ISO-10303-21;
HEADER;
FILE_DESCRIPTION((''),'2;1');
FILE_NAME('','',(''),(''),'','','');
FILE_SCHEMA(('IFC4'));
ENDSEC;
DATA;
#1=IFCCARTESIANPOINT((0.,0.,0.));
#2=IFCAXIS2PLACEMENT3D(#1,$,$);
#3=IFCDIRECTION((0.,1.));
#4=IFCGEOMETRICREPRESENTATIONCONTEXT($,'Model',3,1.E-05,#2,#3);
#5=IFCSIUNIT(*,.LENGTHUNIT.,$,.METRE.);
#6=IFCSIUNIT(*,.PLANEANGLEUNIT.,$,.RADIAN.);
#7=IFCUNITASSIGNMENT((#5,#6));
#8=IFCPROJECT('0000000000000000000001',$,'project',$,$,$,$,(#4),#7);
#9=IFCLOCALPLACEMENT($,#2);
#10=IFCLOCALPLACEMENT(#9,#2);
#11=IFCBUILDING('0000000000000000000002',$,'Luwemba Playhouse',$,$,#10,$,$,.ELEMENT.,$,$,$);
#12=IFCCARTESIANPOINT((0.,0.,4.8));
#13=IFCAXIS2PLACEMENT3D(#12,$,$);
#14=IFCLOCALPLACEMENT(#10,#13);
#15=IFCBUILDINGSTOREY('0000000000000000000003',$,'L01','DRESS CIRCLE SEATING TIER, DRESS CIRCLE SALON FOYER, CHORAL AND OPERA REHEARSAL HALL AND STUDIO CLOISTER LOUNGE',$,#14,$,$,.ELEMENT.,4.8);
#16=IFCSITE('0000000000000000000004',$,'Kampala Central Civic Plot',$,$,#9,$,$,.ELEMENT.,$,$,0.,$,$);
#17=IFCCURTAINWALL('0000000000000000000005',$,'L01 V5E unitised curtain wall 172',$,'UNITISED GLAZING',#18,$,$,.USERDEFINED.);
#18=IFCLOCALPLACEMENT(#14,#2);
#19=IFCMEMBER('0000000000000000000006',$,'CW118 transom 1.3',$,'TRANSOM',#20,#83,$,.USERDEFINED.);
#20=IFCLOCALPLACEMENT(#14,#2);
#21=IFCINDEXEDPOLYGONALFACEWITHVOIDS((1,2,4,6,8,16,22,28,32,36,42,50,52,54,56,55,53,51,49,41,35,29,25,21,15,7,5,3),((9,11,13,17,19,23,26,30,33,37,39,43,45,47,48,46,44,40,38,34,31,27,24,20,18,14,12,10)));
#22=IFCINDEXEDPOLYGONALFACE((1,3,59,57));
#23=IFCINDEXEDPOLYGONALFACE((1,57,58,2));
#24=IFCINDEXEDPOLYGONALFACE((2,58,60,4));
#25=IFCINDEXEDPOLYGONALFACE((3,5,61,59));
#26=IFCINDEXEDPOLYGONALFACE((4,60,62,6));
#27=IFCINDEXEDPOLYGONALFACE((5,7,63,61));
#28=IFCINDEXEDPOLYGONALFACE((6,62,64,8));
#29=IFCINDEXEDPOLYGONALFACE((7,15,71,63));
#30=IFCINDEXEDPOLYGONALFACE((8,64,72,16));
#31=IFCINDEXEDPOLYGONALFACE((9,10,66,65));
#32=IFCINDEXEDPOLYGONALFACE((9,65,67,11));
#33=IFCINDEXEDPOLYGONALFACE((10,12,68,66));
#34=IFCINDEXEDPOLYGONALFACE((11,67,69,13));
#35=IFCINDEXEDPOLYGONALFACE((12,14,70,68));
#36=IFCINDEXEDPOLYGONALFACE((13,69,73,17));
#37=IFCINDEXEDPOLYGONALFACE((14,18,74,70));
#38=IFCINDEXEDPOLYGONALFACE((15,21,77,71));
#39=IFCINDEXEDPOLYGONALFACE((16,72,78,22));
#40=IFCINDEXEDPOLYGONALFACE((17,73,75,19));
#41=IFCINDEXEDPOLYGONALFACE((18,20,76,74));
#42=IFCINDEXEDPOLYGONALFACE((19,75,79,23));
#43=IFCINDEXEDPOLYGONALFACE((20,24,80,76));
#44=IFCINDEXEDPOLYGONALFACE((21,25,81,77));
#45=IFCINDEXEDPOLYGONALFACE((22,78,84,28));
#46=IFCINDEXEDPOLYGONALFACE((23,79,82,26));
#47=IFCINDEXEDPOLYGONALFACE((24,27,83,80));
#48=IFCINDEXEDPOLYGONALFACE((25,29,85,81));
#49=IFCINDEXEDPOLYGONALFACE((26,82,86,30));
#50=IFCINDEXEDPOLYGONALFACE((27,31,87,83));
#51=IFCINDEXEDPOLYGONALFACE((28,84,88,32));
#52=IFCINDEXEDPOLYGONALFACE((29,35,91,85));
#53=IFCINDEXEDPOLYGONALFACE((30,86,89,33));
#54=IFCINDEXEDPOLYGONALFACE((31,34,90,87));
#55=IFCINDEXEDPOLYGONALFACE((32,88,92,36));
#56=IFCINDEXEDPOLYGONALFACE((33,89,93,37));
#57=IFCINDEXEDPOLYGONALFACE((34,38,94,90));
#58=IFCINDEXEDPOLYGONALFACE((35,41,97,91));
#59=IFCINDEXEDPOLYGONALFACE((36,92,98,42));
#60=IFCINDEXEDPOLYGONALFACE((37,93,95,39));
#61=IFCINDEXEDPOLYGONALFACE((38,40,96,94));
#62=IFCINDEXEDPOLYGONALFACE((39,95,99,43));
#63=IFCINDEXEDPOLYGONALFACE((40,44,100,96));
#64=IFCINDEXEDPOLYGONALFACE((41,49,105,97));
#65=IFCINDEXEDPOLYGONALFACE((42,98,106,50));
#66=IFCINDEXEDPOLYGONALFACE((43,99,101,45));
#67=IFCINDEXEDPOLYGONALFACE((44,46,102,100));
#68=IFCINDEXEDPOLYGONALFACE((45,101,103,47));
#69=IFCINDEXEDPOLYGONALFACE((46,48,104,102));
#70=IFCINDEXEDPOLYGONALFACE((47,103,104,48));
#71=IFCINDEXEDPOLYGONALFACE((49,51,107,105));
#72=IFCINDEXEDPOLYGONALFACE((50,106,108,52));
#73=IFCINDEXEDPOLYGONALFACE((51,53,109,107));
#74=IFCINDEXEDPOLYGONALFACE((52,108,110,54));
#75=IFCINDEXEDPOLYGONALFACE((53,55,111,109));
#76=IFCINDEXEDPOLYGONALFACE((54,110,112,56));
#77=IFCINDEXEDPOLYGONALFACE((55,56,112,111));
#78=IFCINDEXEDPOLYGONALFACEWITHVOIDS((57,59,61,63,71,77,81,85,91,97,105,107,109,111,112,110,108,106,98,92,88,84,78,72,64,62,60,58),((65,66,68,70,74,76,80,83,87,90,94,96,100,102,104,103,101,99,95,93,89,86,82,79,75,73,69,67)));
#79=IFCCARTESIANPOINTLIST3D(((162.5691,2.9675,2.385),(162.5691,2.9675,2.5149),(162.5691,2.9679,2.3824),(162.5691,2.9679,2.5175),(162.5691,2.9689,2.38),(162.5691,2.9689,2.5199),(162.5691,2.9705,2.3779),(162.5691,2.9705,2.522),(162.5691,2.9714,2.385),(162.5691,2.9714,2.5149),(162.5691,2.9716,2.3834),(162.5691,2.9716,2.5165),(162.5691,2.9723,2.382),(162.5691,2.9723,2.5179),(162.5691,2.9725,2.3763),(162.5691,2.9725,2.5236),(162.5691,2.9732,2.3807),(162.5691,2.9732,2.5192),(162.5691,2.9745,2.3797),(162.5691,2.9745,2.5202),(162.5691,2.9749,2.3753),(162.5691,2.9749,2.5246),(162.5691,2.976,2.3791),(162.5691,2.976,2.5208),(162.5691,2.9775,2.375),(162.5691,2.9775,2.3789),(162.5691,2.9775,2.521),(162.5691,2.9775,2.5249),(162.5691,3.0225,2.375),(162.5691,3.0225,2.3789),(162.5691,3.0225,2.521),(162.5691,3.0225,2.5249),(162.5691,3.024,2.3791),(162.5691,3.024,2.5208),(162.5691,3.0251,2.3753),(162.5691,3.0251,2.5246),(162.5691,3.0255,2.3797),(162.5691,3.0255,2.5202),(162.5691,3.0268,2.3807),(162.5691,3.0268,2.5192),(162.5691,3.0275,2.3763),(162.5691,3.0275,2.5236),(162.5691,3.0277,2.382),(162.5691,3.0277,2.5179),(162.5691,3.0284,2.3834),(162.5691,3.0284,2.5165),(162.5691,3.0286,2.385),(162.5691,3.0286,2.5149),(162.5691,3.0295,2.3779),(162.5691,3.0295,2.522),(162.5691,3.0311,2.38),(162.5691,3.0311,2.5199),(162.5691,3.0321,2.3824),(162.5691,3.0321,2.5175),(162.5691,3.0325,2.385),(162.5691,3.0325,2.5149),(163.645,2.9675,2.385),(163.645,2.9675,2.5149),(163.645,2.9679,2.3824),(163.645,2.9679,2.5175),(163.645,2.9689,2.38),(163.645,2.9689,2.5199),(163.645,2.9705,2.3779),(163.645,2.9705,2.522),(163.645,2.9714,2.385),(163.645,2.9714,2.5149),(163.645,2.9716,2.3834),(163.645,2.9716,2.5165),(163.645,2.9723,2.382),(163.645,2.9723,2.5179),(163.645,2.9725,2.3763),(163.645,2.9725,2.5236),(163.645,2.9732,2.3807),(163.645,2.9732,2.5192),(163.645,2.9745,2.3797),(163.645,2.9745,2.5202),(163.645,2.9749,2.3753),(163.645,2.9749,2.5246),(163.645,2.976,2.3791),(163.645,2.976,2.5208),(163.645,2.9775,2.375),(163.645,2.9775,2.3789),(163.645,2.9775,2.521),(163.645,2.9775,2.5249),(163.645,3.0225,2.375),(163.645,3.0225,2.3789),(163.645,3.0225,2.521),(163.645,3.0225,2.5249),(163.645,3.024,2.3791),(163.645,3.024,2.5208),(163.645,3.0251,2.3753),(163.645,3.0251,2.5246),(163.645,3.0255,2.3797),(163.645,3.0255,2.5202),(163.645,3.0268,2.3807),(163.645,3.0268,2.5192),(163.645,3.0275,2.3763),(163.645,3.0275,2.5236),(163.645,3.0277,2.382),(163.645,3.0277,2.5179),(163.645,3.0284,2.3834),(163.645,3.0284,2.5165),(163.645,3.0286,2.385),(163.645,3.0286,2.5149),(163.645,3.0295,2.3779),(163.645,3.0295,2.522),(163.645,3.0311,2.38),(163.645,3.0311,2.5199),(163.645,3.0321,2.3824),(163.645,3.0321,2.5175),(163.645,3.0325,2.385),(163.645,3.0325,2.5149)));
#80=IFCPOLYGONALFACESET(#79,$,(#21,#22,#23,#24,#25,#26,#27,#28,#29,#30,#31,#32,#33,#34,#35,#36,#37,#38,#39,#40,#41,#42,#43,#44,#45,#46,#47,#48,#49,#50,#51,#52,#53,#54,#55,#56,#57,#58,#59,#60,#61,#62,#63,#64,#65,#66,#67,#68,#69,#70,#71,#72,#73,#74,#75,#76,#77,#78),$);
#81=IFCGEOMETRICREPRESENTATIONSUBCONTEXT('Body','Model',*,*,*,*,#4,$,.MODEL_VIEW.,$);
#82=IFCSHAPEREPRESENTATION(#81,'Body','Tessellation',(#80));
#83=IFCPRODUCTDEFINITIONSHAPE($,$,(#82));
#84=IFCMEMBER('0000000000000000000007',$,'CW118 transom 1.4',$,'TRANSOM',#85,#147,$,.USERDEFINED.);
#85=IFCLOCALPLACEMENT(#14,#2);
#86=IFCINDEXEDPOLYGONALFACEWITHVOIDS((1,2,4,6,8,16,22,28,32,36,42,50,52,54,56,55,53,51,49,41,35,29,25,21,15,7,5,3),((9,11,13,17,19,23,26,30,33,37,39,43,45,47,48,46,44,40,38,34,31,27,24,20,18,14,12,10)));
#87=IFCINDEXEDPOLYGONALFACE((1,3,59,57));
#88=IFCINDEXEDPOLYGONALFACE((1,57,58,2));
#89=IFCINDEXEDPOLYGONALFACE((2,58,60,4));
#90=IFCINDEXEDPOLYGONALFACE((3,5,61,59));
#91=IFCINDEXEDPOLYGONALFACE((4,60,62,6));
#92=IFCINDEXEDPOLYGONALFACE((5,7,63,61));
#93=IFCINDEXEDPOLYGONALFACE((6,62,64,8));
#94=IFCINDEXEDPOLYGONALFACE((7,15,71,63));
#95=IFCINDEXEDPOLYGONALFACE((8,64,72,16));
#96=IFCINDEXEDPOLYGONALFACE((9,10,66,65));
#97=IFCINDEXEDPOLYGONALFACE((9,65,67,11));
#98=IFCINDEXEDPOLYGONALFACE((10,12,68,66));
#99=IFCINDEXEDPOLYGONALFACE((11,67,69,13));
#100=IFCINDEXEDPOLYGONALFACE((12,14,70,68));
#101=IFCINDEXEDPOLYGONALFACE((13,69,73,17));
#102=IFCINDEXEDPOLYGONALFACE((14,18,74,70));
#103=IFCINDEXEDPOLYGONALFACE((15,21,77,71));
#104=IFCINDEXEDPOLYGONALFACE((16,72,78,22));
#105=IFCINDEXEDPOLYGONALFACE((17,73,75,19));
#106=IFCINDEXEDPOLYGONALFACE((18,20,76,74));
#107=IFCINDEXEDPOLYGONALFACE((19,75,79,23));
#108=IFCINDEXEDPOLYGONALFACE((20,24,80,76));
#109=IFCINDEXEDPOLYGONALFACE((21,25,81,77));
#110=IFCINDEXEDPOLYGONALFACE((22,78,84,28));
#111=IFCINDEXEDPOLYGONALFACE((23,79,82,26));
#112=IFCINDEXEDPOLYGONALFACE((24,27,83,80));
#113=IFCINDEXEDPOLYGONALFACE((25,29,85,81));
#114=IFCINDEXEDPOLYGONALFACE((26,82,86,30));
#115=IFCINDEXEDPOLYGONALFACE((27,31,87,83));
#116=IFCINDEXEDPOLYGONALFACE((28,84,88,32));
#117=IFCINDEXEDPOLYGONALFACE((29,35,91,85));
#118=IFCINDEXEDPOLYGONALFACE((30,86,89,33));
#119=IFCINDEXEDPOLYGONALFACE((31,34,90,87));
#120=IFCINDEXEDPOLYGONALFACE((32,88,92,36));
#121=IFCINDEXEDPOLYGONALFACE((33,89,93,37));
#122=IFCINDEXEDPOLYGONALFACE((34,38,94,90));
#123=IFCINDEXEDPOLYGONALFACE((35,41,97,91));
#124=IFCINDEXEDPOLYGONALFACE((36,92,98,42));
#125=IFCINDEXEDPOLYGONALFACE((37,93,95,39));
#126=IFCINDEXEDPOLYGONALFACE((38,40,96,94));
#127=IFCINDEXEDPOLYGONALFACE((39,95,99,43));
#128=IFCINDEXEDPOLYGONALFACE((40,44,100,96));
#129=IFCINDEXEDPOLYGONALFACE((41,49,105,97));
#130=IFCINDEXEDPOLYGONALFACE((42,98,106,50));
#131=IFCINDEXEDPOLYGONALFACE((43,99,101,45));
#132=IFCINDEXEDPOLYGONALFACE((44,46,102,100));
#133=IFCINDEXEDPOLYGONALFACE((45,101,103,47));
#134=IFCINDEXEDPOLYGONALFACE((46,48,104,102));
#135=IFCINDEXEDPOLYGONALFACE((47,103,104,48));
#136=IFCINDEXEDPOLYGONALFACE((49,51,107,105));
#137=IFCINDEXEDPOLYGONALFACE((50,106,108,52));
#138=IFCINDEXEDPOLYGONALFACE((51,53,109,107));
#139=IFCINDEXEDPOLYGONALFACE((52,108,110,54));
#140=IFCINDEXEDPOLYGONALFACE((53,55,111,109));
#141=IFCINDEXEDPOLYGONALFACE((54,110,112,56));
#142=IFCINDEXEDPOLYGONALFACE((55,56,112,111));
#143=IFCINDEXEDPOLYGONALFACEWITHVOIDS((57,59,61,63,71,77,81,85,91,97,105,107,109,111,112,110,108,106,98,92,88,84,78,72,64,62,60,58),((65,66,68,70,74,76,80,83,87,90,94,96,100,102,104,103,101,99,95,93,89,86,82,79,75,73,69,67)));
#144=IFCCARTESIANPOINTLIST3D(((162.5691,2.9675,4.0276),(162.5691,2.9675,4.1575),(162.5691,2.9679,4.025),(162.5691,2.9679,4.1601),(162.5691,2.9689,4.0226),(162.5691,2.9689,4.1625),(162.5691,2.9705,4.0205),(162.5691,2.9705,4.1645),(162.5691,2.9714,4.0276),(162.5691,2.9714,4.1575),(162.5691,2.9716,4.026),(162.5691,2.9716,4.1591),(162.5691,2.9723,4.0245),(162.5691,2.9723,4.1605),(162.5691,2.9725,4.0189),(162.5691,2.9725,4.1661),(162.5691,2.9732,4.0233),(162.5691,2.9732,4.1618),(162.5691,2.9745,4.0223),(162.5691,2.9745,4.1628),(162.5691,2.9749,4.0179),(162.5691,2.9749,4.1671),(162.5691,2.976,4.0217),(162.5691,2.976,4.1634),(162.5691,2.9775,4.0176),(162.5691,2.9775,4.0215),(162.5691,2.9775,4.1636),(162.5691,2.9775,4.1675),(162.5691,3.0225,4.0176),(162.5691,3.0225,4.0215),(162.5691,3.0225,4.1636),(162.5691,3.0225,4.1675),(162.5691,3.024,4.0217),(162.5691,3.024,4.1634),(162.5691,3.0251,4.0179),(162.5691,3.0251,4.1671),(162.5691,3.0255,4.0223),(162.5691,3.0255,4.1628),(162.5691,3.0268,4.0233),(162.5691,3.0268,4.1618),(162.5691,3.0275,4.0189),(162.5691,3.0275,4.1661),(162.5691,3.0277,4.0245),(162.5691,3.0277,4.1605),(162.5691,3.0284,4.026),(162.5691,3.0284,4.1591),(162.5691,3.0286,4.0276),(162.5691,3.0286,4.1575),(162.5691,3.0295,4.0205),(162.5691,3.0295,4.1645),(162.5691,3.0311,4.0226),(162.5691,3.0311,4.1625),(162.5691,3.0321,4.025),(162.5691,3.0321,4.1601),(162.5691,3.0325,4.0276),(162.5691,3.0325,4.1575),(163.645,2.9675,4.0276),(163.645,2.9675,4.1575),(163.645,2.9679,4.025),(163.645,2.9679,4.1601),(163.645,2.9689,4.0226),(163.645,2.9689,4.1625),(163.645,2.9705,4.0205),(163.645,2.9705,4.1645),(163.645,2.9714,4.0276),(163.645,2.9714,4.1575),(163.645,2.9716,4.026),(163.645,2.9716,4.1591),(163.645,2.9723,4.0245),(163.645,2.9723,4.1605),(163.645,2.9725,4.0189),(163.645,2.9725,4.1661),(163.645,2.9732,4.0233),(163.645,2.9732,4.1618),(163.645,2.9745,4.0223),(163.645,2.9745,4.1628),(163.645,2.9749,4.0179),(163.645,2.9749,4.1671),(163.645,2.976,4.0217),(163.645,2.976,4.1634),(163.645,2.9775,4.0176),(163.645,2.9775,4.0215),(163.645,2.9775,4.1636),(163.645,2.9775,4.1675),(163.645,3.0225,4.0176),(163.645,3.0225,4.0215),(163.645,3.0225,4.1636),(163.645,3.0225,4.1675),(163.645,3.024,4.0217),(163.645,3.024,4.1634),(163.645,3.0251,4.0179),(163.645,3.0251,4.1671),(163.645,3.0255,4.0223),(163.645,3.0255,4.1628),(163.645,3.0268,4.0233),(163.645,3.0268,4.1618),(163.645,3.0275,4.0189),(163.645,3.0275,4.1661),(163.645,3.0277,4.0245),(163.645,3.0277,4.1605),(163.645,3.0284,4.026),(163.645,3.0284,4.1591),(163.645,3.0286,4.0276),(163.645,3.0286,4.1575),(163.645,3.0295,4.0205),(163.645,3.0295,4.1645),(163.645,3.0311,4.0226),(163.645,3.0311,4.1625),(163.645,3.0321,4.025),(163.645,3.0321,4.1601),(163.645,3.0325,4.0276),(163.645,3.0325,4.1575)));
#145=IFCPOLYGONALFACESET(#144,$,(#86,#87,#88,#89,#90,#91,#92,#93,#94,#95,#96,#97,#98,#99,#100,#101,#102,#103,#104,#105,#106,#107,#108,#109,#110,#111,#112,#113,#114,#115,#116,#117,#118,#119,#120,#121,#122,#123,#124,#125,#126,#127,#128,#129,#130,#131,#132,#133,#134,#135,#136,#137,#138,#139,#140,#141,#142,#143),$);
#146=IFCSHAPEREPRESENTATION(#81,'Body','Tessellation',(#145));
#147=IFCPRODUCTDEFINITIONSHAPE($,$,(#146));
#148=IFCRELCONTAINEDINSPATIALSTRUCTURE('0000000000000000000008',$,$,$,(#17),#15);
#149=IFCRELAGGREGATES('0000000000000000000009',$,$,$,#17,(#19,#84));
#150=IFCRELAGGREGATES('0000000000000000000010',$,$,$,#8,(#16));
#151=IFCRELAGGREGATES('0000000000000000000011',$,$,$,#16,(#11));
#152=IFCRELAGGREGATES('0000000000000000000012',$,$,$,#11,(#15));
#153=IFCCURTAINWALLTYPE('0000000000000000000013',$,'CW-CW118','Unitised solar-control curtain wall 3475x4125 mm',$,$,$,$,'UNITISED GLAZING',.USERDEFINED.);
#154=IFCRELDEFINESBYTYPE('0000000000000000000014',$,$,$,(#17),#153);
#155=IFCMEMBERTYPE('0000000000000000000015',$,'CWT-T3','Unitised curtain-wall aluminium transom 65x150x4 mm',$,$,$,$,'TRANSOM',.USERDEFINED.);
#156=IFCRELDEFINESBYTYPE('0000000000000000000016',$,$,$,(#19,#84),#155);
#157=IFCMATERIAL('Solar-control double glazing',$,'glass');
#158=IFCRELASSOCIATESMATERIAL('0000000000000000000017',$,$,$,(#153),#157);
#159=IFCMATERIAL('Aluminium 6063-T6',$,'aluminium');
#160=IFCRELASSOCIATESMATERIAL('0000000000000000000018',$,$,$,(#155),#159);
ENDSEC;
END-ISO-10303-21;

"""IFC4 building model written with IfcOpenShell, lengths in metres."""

from ifc_helpers import new_model, si_unit, direction, frame, origin, origin_2d, place, context, subcontext, project, spatial, hollow_rectangle, extrude, material, material_profile, profile_set, type_object, element, aggregate, save


model = new_model("IFC4")

# Units and contexts
model_context = context("Model", 3, precision=1e-05, world=origin(), true_north=direction((0.0, 1.0)))
body_context = subcontext(model_context, "Body", "Model", "MODEL_VIEW")
ifc_project = project(units=[si_unit("LENGTHUNIT", "METRE"), si_unit("PLANEANGLEUNIT", "RADIAN")], contexts=[model_context])

# Site, building, storey
site_placement = place(None, origin())
site = spatial("IfcSite", under=ifc_project, at=site_placement, Name="Kampala Central Civic Plot", CompositionType="ELEMENT", RefElevation=0.0)
building_placement = place(site_placement, origin())
building = spatial("IfcBuilding", under=site, at=building_placement, Name="Luwemba Playhouse", CompositionType="ELEMENT")
storey_placement = place(building_placement, frame((0.0, 0.0, 4.8)))
storey = spatial("IfcBuildingStorey", under=building, at=storey_placement, Name="L01", Description="DRESS CIRCLE SEATING TIER, DRESS CIRCLE SALON FOYER, CHORAL AND OPERA REHEARSAL HALL AND STUDIO CLOISTER LOUNGE", CompositionType="ELEMENT", Elevation=4.8)

# Curtain wall, members
ifc_material_1 = material(Name="Solar-control double glazing", Category="glass")
ifc_material_2 = material(Name="Aluminium 6063-T6", Category="aluminium")
curtain_wall_type_1 = type_object("IfcCurtainWallType", Name="CW-CW118", Description="Unitised solar-control curtain wall 3475x4125 mm", ElementType="UNITISED GLAZING", PredefinedType="USERDEFINED", material=ifc_material_1)
curtain_wall_1_placement = place(storey_placement, origin())
curtain_wall_1 = element("IfcCurtainWall", 1, at=curtain_wall_1_placement, inside=storey, type_object=curtain_wall_type_1, Name="L01 V5E unitised curtain wall 172", ObjectType="UNITISED GLAZING", PredefinedType="USERDEFINED")
ifc_material_profile_1 = material_profile(ifc_material_2, hollow_rectangle(XDim=0.0649, YDim=0.1499, WallThickness=0.0039, InnerFilletRadius=0.0061, OuterFilletRadius=0.01, at=origin_2d()))
ifc_profile_set_1 = profile_set([ifc_material_profile_1], Name="Aluminium 6063-T6")
member_type_1 = type_object("IfcMemberType", Name="CWT-T3", Description="Unitised curtain-wall aluminium transom 65x150x4 mm", ElementType="TRANSOM", PredefinedType="USERDEFINED", material=ifc_profile_set_1)
member_1_placement = place(storey_placement, frame((163.645, 3.0, 2.45), z_axis=(-1.0, 0.0, 0.0), x_axis=(0.0, -1.0, 0.0)))
member_1 = element("IfcMember", 2, at=member_1_placement, type_object=member_type_1, Name="CW118 transom 1.3", ObjectType="TRANSOM", PredefinedType="USERDEFINED", context=body_context, shape_type="SweptSolid", body=[
    extrude(hollow_rectangle(XDim=0.0649, YDim=0.1499, WallThickness=0.0039, InnerFilletRadius=0.0061, OuterFilletRadius=0.01, at=origin_2d()), origin(), (0.0, 0.0, 1.0), 1.0759),
])
member_2_placement = place(storey_placement, frame((163.645, 3.0, 4.0925), z_axis=(-1.0, 0.0, 0.0), x_axis=(0.0, -1.0, 0.0)))
member_2 = element("IfcMember", 3, at=member_2_placement, type_object=member_type_1, Name="CW118 transom 1.4", ObjectType="TRANSOM", PredefinedType="USERDEFINED", context=body_context, shape_type="SweptSolid", body=[
    extrude(hollow_rectangle(XDim=0.0649, YDim=0.1499, WallThickness=0.0039, InnerFilletRadius=0.0061, OuterFilletRadius=0.01, at=origin_2d()), origin(), (0.0, 0.0, 1.0), 1.0759),
])

aggregate(curtain_wall_1, [member_1, member_2])

save(model, "model.ifc")
